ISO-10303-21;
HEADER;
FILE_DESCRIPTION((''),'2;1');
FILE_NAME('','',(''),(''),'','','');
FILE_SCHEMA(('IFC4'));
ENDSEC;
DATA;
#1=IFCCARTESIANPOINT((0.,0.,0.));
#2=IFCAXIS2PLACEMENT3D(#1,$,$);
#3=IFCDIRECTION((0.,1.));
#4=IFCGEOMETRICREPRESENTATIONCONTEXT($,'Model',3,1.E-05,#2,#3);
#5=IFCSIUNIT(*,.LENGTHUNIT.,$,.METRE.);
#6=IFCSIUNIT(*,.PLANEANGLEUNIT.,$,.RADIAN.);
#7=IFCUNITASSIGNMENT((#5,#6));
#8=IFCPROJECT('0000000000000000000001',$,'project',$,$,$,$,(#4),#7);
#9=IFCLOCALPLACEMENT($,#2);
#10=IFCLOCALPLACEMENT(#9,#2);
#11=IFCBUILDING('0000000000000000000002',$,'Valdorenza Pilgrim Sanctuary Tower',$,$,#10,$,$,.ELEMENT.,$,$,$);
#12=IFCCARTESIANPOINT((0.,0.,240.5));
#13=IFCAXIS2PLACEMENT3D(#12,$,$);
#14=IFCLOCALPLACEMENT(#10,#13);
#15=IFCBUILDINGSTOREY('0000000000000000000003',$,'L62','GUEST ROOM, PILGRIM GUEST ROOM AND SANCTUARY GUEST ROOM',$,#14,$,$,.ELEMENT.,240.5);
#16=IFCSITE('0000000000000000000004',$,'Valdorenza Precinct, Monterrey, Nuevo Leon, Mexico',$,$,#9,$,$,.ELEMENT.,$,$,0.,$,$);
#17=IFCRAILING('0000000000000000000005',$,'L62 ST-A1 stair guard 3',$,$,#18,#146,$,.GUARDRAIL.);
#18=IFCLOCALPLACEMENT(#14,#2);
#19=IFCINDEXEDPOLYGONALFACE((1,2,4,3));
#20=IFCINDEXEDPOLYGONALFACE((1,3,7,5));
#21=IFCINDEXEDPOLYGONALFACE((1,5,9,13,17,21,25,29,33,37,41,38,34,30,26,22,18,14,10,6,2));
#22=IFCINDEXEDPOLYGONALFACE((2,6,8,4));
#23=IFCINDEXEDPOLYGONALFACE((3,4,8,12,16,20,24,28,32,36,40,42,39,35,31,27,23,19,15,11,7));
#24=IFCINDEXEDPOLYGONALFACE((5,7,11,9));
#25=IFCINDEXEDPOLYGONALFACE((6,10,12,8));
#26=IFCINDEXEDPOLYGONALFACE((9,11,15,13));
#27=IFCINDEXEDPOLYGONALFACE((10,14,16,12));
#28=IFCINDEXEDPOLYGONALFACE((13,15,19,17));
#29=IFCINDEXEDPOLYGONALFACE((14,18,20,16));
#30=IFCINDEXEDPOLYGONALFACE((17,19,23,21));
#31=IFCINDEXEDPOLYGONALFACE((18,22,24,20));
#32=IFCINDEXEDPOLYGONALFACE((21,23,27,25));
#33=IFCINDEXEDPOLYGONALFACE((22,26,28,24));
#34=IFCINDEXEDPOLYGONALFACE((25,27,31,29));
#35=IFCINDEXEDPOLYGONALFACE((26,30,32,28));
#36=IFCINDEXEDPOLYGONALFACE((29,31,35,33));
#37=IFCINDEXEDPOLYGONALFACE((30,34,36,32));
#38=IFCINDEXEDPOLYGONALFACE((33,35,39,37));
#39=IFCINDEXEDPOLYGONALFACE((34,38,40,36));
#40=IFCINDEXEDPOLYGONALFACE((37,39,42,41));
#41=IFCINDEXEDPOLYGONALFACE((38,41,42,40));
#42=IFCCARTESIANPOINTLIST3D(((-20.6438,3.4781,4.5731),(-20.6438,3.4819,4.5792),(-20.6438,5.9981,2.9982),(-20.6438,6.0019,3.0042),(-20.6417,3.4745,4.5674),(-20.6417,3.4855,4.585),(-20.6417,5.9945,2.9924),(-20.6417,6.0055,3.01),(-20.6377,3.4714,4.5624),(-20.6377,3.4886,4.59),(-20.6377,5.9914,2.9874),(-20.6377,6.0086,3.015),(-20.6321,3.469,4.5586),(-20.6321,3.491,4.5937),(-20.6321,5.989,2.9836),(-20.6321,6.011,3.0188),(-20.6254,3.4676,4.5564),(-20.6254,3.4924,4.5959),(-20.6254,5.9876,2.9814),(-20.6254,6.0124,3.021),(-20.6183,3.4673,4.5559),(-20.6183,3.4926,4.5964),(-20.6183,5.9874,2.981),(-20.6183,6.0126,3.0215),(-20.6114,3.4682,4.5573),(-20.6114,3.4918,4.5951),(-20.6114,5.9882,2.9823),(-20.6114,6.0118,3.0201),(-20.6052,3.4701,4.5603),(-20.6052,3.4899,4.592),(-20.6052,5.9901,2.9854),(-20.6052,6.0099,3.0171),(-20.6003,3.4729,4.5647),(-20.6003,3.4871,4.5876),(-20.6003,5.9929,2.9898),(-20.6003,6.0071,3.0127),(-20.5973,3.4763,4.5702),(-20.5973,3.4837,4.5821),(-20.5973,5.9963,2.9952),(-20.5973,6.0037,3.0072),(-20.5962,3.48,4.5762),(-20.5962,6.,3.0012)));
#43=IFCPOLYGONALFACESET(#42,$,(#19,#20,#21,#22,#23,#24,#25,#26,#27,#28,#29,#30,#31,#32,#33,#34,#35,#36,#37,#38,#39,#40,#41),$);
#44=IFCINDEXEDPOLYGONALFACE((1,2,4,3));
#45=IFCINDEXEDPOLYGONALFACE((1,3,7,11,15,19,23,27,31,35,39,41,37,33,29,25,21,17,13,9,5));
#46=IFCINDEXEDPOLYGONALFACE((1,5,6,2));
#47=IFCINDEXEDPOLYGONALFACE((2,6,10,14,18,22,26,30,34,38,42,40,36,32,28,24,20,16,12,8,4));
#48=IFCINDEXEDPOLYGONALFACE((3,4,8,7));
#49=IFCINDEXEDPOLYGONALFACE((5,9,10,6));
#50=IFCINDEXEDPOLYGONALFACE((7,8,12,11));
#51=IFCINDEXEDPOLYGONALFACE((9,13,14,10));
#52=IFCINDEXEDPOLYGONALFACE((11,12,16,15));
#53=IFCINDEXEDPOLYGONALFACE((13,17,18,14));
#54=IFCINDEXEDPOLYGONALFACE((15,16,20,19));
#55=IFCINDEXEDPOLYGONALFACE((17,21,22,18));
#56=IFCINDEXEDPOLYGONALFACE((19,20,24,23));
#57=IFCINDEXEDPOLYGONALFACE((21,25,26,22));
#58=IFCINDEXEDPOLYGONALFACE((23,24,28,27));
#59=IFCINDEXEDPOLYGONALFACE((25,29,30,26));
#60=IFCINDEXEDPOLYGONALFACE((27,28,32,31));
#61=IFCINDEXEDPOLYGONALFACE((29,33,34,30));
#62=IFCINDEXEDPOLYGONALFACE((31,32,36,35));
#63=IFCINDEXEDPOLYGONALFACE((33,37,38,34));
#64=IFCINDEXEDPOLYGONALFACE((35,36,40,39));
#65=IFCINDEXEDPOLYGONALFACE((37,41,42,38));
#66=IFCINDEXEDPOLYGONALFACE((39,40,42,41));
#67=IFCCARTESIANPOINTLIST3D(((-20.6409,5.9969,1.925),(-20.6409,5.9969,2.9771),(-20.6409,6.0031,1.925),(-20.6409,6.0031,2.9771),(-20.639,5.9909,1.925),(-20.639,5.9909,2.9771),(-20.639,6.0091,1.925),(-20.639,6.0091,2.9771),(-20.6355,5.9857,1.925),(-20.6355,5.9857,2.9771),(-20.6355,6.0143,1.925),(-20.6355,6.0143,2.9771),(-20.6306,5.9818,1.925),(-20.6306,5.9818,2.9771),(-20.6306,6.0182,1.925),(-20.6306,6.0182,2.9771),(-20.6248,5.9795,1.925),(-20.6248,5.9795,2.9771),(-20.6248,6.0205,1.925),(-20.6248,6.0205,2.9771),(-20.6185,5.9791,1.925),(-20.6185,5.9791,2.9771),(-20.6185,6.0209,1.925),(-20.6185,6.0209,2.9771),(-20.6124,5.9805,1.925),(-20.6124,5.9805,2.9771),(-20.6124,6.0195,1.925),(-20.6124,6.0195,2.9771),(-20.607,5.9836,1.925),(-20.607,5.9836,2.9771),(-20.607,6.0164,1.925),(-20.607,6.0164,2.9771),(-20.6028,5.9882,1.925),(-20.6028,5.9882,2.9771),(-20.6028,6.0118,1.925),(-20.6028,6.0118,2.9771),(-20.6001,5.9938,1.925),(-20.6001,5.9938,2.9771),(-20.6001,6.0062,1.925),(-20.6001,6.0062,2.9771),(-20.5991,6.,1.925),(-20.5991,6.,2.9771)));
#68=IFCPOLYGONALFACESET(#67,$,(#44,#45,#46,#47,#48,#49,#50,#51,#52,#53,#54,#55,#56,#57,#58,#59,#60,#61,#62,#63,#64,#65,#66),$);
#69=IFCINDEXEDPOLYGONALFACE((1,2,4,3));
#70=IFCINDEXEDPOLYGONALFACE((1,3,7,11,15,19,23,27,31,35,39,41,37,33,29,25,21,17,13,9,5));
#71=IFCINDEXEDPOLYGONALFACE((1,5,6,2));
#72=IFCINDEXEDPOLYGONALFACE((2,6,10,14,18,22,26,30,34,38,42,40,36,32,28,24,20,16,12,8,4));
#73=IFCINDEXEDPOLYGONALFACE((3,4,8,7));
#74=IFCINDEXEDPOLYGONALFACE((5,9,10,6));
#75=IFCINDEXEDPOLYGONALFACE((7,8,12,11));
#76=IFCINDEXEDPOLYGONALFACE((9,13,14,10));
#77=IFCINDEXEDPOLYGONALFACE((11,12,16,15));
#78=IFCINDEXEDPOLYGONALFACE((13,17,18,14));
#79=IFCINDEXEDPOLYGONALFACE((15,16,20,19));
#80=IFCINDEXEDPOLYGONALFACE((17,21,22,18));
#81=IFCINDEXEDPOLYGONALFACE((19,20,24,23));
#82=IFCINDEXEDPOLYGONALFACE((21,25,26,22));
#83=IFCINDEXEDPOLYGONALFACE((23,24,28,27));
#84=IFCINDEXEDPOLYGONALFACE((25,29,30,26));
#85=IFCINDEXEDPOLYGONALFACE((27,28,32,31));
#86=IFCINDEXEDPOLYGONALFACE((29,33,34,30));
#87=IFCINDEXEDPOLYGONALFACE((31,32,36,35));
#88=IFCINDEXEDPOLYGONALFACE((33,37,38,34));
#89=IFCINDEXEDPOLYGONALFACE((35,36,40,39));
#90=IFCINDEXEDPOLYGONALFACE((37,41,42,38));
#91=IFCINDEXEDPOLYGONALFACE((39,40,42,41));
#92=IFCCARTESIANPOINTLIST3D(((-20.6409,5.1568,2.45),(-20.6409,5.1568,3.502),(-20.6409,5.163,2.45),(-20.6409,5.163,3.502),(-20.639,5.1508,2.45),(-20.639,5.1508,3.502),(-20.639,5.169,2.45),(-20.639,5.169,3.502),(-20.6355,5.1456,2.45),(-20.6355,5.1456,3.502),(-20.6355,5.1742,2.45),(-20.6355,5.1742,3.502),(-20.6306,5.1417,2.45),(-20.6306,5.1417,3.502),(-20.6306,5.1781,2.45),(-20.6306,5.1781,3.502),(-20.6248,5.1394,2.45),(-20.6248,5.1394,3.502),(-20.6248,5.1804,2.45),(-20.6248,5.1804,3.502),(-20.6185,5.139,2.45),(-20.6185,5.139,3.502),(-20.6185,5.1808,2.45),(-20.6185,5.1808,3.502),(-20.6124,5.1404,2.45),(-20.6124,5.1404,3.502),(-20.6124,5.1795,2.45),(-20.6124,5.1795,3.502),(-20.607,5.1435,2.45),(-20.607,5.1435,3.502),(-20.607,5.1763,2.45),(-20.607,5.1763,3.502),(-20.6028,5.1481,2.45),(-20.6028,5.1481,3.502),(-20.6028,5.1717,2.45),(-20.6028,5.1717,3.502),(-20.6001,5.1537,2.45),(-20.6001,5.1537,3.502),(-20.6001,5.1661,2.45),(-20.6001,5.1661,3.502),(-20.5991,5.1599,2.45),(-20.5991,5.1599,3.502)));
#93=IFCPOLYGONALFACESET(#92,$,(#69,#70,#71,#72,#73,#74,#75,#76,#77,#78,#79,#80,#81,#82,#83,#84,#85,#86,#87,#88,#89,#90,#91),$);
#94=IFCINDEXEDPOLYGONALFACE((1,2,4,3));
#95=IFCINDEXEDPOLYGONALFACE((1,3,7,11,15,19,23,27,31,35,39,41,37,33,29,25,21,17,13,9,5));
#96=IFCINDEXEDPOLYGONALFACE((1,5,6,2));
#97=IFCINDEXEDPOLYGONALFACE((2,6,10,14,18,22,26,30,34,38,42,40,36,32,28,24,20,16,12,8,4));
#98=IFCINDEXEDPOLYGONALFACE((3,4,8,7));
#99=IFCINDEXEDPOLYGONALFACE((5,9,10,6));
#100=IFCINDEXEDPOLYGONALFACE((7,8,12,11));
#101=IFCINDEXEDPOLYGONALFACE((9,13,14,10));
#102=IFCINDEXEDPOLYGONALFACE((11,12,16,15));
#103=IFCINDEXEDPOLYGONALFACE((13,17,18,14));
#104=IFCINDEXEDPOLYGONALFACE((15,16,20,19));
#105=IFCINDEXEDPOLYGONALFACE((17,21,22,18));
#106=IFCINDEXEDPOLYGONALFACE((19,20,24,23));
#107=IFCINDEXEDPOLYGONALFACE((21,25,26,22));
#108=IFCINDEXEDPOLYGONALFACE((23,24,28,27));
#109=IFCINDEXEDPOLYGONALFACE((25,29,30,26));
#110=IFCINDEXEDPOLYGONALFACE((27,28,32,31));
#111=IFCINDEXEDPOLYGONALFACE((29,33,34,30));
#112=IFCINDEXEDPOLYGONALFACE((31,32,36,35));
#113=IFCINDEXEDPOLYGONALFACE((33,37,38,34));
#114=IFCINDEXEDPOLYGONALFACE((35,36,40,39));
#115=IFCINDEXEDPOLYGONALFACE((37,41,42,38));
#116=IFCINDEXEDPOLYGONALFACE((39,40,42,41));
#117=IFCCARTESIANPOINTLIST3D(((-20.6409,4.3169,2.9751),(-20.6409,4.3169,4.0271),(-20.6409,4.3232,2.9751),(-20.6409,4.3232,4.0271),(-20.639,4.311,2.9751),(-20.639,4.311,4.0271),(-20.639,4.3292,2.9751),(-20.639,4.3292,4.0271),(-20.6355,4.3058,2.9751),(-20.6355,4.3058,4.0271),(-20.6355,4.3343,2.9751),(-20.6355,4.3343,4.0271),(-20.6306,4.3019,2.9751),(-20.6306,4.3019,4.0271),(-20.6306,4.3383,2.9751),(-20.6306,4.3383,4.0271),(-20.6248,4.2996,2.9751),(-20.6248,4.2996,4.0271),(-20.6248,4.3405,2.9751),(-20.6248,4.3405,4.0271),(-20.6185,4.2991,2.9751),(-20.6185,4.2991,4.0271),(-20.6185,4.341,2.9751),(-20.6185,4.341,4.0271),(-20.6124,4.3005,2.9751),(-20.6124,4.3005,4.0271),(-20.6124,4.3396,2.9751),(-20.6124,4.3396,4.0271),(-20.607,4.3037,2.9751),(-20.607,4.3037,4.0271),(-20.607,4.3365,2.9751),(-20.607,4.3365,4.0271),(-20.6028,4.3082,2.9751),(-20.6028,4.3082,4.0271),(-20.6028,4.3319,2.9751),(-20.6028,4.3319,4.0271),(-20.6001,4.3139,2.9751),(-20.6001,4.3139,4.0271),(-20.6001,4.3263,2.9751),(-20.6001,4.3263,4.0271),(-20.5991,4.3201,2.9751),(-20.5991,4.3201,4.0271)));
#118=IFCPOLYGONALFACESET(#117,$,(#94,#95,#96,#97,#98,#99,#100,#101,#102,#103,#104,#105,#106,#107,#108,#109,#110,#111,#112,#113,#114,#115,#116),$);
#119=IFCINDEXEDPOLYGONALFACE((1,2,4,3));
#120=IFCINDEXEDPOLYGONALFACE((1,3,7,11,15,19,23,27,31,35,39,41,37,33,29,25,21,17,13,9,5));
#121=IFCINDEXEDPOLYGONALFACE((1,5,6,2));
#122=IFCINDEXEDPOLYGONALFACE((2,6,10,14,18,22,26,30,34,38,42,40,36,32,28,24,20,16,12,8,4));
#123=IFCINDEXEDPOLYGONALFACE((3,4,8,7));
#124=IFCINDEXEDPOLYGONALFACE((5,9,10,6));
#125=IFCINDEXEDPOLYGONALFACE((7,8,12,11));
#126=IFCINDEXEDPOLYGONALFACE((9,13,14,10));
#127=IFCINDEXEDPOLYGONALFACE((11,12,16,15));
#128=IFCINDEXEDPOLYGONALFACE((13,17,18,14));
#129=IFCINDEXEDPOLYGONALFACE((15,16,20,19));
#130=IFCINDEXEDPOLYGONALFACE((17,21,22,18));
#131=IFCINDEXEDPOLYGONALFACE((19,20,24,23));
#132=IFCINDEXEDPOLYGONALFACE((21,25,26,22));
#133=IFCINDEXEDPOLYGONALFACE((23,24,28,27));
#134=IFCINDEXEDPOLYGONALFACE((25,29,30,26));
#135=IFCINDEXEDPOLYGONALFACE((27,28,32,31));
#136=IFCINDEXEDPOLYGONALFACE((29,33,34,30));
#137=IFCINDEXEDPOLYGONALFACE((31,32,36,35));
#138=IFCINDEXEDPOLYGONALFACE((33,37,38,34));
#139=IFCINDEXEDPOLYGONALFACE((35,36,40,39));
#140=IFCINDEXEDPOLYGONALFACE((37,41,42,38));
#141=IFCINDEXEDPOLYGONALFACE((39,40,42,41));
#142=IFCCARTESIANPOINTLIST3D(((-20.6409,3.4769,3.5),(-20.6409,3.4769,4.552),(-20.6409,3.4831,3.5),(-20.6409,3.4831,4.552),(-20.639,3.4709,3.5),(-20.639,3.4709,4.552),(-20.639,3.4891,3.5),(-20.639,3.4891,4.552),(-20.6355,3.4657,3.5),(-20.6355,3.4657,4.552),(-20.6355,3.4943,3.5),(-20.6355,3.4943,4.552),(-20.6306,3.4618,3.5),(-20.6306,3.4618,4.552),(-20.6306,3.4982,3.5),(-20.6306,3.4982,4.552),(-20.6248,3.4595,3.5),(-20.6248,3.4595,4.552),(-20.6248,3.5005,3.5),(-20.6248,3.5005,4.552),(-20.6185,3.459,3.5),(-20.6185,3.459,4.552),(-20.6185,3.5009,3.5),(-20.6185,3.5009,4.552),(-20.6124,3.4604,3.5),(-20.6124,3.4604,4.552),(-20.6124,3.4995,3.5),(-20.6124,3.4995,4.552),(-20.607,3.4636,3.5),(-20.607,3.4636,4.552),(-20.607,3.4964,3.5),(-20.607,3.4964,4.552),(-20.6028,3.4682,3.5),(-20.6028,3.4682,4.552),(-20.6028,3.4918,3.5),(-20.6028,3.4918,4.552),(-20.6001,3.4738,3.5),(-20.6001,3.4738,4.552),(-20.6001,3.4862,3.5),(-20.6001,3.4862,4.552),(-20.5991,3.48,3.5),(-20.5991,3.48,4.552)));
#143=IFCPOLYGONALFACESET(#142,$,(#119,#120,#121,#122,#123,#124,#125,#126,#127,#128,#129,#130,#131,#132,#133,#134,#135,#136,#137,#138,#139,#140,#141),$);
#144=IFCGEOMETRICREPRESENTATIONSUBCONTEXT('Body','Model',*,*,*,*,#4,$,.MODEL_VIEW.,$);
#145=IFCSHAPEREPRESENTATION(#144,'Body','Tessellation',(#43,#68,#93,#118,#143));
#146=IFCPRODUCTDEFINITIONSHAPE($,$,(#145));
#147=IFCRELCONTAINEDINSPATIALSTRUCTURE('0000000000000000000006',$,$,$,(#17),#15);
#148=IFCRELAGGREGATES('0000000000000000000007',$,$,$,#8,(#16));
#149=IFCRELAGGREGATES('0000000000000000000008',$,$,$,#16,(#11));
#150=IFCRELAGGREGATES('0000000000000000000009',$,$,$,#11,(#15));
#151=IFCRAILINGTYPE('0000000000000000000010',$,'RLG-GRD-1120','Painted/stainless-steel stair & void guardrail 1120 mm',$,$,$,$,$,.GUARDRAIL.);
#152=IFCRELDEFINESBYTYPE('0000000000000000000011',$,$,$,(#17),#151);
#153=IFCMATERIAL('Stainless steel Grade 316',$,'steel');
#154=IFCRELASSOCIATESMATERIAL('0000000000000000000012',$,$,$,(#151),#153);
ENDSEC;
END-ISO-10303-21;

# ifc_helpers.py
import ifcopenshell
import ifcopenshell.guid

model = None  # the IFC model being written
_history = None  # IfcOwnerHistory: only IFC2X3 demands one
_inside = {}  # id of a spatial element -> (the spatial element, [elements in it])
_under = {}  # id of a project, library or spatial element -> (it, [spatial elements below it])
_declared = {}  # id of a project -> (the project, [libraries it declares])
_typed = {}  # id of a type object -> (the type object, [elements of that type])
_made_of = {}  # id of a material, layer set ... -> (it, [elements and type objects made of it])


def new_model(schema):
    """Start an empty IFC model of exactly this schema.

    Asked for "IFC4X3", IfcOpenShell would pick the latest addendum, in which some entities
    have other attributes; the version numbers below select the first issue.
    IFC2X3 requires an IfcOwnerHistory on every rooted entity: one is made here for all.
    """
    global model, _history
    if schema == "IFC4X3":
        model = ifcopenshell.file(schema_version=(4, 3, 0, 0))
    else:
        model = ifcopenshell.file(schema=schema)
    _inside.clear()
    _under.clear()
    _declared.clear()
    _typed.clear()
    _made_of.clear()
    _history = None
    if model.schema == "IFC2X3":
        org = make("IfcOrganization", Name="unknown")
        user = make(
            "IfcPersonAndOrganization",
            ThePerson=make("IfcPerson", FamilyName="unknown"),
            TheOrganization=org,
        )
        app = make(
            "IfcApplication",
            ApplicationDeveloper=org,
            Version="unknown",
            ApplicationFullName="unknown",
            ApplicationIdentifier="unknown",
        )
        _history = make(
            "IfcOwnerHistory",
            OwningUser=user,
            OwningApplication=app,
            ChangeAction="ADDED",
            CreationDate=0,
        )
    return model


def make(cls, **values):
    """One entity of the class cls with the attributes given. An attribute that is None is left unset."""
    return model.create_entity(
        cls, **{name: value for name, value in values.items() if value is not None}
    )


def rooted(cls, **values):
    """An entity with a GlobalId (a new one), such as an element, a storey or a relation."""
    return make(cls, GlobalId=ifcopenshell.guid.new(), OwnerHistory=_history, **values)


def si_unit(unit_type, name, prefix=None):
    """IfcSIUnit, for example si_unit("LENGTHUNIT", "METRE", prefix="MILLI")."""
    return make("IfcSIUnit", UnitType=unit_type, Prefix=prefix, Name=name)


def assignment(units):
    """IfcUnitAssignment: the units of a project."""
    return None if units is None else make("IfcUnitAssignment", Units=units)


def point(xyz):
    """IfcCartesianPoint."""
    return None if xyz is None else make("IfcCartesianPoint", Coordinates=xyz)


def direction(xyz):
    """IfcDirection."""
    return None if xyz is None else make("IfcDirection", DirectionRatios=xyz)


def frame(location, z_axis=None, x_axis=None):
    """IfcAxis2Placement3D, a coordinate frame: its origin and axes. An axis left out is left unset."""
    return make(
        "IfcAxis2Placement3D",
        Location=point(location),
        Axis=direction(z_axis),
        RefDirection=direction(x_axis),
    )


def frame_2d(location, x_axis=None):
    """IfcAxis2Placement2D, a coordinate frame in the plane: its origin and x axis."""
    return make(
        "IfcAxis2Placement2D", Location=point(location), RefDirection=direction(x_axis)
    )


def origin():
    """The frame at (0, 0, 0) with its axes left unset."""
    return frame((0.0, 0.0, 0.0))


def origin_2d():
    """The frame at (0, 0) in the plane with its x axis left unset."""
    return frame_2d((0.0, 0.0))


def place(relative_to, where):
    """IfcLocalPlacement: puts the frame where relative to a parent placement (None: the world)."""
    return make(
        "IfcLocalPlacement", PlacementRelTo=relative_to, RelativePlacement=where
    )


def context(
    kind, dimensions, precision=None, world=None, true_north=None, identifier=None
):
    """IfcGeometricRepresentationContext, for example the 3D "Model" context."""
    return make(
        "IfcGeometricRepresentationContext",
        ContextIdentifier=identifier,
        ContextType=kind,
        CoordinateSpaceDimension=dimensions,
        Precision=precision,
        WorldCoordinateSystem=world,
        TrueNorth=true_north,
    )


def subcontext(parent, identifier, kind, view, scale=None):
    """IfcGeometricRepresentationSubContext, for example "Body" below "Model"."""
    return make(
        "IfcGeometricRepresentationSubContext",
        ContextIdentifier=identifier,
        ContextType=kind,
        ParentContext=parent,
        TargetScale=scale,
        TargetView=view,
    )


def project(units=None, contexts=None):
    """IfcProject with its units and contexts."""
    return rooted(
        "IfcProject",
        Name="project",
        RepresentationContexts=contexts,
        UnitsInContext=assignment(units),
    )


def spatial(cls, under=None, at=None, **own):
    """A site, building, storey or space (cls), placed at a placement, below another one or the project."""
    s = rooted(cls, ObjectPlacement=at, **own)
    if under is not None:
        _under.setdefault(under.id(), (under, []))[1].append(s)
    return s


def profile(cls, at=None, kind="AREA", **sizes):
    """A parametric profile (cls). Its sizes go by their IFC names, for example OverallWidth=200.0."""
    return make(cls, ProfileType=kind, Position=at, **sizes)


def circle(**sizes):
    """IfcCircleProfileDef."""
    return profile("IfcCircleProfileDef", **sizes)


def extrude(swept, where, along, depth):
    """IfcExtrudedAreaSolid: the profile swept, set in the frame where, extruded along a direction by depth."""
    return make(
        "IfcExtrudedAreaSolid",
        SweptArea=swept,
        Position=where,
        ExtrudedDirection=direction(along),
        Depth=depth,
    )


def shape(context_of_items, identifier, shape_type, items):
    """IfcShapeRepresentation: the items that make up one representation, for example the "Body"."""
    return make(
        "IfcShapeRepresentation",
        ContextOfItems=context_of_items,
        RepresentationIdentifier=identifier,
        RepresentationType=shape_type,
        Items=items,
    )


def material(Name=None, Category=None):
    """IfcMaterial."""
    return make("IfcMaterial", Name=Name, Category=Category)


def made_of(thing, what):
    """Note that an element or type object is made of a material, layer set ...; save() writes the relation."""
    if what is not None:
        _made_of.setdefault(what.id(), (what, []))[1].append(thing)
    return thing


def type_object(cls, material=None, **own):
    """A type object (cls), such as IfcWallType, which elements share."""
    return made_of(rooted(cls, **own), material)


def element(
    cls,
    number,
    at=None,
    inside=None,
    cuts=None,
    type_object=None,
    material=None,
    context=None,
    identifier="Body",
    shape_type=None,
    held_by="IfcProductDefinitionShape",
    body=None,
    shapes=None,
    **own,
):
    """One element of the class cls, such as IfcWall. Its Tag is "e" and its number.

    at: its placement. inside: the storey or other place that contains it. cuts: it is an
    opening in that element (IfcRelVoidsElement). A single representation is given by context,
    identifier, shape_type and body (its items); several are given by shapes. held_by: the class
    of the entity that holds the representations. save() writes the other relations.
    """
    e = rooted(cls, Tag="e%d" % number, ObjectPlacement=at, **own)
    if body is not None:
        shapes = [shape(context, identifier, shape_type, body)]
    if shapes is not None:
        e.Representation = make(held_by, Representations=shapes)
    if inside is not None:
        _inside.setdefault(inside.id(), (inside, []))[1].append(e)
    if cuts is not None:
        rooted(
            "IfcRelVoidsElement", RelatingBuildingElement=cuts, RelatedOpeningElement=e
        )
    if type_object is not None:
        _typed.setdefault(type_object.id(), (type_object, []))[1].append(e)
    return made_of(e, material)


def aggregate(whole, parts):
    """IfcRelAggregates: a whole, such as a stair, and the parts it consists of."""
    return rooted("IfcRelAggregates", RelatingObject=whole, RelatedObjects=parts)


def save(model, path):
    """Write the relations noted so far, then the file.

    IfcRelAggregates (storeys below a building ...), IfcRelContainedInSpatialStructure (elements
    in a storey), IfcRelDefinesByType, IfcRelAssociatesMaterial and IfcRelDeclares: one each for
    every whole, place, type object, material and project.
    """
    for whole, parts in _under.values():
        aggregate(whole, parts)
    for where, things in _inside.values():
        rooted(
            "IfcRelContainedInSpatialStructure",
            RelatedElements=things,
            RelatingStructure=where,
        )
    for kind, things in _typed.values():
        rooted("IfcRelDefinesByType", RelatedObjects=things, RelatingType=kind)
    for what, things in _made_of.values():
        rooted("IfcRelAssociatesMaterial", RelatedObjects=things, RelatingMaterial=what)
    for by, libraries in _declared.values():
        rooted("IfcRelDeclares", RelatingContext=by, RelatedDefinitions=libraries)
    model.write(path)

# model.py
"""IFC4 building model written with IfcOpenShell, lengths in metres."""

from ifc_helpers import new_model, si_unit, direction, frame, origin, origin_2d, place, context, subcontext, project, spatial, circle, extrude, material, type_object, element, save


model = new_model("IFC4")

# Units and contexts
model_context = context("Model", 3, precision=1e-05, world=origin(), true_north=direction((0.0, 1.0)))
body_context = subcontext(model_context, "Body", "Model", "MODEL_VIEW")
ifc_project = project(units=[si_unit("LENGTHUNIT", "METRE"), si_unit("PLANEANGLEUNIT", "RADIAN")], contexts=[model_context])

# Site, building, storey
site_placement = place(None, origin())
site = spatial("IfcSite", under=ifc_project, at=site_placement, Name="Valdorenza Precinct, Monterrey, Nuevo Leon, Mexico", CompositionType="ELEMENT", RefElevation=0.0)
building_placement = place(site_placement, origin())
building = spatial("IfcBuilding", under=site, at=building_placement, Name="Valdorenza Pilgrim Sanctuary Tower", CompositionType="ELEMENT")
storey_placement = place(building_placement, frame((0.0, 0.0, 240.5)))
storey = spatial("IfcBuildingStorey", under=building, at=storey_placement, Name="L62", Description="GUEST ROOM, PILGRIM GUEST ROOM AND SANCTUARY GUEST ROOM", CompositionType="ELEMENT", Elevation=240.5)

# Railing
ifc_material_1 = material(Name="Stainless steel Grade 316", Category="steel")
railing_type_1 = type_object("IfcRailingType", Name="RLG-GRD-1120", Description="Painted/stainless-steel stair & void guardrail 1120 mm", PredefinedType="GUARDRAIL", material=ifc_material_1)
railing_1_placement = place(storey_placement, frame((-20.6201, 6.0, 1.925)))
element("IfcRailing", 1, at=railing_1_placement, inside=storey, type_object=railing_type_1, Name="L62 ST-A1 stair guard 3", PredefinedType="GUARDRAIL", context=body_context, shape_type="SweptSolid", body=[
    extrude(circle(Radius=0.0239, at=origin_2d()), frame((0.0, 0.0, 1.0762), z_axis=(0.0, -0.848008, 0.529984), x_axis=(1.0, 0.0, 0.0)), (0.0, 0.0, 1.0), 2.9717),
    extrude(circle(Radius=0.021, at=origin_2d()), origin(), (0.0, 0.0, 1.0), 1.052),
    extrude(circle(Radius=0.021, at=origin_2d()), frame((0.0, -0.8401, 0.5249)), (0.0, 0.0, 1.0), 1.052),
    extrude(circle(Radius=0.021, at=origin_2d()), frame((0.0, -1.6799, 1.05)), (0.0, 0.0, 1.0), 1.052),
    extrude(circle(Radius=0.021, at=origin_2d()), frame((0.0, -2.52, 1.575)), (0.0, 0.0, 1.0), 1.052),
])

save(model, "model.ifc")
